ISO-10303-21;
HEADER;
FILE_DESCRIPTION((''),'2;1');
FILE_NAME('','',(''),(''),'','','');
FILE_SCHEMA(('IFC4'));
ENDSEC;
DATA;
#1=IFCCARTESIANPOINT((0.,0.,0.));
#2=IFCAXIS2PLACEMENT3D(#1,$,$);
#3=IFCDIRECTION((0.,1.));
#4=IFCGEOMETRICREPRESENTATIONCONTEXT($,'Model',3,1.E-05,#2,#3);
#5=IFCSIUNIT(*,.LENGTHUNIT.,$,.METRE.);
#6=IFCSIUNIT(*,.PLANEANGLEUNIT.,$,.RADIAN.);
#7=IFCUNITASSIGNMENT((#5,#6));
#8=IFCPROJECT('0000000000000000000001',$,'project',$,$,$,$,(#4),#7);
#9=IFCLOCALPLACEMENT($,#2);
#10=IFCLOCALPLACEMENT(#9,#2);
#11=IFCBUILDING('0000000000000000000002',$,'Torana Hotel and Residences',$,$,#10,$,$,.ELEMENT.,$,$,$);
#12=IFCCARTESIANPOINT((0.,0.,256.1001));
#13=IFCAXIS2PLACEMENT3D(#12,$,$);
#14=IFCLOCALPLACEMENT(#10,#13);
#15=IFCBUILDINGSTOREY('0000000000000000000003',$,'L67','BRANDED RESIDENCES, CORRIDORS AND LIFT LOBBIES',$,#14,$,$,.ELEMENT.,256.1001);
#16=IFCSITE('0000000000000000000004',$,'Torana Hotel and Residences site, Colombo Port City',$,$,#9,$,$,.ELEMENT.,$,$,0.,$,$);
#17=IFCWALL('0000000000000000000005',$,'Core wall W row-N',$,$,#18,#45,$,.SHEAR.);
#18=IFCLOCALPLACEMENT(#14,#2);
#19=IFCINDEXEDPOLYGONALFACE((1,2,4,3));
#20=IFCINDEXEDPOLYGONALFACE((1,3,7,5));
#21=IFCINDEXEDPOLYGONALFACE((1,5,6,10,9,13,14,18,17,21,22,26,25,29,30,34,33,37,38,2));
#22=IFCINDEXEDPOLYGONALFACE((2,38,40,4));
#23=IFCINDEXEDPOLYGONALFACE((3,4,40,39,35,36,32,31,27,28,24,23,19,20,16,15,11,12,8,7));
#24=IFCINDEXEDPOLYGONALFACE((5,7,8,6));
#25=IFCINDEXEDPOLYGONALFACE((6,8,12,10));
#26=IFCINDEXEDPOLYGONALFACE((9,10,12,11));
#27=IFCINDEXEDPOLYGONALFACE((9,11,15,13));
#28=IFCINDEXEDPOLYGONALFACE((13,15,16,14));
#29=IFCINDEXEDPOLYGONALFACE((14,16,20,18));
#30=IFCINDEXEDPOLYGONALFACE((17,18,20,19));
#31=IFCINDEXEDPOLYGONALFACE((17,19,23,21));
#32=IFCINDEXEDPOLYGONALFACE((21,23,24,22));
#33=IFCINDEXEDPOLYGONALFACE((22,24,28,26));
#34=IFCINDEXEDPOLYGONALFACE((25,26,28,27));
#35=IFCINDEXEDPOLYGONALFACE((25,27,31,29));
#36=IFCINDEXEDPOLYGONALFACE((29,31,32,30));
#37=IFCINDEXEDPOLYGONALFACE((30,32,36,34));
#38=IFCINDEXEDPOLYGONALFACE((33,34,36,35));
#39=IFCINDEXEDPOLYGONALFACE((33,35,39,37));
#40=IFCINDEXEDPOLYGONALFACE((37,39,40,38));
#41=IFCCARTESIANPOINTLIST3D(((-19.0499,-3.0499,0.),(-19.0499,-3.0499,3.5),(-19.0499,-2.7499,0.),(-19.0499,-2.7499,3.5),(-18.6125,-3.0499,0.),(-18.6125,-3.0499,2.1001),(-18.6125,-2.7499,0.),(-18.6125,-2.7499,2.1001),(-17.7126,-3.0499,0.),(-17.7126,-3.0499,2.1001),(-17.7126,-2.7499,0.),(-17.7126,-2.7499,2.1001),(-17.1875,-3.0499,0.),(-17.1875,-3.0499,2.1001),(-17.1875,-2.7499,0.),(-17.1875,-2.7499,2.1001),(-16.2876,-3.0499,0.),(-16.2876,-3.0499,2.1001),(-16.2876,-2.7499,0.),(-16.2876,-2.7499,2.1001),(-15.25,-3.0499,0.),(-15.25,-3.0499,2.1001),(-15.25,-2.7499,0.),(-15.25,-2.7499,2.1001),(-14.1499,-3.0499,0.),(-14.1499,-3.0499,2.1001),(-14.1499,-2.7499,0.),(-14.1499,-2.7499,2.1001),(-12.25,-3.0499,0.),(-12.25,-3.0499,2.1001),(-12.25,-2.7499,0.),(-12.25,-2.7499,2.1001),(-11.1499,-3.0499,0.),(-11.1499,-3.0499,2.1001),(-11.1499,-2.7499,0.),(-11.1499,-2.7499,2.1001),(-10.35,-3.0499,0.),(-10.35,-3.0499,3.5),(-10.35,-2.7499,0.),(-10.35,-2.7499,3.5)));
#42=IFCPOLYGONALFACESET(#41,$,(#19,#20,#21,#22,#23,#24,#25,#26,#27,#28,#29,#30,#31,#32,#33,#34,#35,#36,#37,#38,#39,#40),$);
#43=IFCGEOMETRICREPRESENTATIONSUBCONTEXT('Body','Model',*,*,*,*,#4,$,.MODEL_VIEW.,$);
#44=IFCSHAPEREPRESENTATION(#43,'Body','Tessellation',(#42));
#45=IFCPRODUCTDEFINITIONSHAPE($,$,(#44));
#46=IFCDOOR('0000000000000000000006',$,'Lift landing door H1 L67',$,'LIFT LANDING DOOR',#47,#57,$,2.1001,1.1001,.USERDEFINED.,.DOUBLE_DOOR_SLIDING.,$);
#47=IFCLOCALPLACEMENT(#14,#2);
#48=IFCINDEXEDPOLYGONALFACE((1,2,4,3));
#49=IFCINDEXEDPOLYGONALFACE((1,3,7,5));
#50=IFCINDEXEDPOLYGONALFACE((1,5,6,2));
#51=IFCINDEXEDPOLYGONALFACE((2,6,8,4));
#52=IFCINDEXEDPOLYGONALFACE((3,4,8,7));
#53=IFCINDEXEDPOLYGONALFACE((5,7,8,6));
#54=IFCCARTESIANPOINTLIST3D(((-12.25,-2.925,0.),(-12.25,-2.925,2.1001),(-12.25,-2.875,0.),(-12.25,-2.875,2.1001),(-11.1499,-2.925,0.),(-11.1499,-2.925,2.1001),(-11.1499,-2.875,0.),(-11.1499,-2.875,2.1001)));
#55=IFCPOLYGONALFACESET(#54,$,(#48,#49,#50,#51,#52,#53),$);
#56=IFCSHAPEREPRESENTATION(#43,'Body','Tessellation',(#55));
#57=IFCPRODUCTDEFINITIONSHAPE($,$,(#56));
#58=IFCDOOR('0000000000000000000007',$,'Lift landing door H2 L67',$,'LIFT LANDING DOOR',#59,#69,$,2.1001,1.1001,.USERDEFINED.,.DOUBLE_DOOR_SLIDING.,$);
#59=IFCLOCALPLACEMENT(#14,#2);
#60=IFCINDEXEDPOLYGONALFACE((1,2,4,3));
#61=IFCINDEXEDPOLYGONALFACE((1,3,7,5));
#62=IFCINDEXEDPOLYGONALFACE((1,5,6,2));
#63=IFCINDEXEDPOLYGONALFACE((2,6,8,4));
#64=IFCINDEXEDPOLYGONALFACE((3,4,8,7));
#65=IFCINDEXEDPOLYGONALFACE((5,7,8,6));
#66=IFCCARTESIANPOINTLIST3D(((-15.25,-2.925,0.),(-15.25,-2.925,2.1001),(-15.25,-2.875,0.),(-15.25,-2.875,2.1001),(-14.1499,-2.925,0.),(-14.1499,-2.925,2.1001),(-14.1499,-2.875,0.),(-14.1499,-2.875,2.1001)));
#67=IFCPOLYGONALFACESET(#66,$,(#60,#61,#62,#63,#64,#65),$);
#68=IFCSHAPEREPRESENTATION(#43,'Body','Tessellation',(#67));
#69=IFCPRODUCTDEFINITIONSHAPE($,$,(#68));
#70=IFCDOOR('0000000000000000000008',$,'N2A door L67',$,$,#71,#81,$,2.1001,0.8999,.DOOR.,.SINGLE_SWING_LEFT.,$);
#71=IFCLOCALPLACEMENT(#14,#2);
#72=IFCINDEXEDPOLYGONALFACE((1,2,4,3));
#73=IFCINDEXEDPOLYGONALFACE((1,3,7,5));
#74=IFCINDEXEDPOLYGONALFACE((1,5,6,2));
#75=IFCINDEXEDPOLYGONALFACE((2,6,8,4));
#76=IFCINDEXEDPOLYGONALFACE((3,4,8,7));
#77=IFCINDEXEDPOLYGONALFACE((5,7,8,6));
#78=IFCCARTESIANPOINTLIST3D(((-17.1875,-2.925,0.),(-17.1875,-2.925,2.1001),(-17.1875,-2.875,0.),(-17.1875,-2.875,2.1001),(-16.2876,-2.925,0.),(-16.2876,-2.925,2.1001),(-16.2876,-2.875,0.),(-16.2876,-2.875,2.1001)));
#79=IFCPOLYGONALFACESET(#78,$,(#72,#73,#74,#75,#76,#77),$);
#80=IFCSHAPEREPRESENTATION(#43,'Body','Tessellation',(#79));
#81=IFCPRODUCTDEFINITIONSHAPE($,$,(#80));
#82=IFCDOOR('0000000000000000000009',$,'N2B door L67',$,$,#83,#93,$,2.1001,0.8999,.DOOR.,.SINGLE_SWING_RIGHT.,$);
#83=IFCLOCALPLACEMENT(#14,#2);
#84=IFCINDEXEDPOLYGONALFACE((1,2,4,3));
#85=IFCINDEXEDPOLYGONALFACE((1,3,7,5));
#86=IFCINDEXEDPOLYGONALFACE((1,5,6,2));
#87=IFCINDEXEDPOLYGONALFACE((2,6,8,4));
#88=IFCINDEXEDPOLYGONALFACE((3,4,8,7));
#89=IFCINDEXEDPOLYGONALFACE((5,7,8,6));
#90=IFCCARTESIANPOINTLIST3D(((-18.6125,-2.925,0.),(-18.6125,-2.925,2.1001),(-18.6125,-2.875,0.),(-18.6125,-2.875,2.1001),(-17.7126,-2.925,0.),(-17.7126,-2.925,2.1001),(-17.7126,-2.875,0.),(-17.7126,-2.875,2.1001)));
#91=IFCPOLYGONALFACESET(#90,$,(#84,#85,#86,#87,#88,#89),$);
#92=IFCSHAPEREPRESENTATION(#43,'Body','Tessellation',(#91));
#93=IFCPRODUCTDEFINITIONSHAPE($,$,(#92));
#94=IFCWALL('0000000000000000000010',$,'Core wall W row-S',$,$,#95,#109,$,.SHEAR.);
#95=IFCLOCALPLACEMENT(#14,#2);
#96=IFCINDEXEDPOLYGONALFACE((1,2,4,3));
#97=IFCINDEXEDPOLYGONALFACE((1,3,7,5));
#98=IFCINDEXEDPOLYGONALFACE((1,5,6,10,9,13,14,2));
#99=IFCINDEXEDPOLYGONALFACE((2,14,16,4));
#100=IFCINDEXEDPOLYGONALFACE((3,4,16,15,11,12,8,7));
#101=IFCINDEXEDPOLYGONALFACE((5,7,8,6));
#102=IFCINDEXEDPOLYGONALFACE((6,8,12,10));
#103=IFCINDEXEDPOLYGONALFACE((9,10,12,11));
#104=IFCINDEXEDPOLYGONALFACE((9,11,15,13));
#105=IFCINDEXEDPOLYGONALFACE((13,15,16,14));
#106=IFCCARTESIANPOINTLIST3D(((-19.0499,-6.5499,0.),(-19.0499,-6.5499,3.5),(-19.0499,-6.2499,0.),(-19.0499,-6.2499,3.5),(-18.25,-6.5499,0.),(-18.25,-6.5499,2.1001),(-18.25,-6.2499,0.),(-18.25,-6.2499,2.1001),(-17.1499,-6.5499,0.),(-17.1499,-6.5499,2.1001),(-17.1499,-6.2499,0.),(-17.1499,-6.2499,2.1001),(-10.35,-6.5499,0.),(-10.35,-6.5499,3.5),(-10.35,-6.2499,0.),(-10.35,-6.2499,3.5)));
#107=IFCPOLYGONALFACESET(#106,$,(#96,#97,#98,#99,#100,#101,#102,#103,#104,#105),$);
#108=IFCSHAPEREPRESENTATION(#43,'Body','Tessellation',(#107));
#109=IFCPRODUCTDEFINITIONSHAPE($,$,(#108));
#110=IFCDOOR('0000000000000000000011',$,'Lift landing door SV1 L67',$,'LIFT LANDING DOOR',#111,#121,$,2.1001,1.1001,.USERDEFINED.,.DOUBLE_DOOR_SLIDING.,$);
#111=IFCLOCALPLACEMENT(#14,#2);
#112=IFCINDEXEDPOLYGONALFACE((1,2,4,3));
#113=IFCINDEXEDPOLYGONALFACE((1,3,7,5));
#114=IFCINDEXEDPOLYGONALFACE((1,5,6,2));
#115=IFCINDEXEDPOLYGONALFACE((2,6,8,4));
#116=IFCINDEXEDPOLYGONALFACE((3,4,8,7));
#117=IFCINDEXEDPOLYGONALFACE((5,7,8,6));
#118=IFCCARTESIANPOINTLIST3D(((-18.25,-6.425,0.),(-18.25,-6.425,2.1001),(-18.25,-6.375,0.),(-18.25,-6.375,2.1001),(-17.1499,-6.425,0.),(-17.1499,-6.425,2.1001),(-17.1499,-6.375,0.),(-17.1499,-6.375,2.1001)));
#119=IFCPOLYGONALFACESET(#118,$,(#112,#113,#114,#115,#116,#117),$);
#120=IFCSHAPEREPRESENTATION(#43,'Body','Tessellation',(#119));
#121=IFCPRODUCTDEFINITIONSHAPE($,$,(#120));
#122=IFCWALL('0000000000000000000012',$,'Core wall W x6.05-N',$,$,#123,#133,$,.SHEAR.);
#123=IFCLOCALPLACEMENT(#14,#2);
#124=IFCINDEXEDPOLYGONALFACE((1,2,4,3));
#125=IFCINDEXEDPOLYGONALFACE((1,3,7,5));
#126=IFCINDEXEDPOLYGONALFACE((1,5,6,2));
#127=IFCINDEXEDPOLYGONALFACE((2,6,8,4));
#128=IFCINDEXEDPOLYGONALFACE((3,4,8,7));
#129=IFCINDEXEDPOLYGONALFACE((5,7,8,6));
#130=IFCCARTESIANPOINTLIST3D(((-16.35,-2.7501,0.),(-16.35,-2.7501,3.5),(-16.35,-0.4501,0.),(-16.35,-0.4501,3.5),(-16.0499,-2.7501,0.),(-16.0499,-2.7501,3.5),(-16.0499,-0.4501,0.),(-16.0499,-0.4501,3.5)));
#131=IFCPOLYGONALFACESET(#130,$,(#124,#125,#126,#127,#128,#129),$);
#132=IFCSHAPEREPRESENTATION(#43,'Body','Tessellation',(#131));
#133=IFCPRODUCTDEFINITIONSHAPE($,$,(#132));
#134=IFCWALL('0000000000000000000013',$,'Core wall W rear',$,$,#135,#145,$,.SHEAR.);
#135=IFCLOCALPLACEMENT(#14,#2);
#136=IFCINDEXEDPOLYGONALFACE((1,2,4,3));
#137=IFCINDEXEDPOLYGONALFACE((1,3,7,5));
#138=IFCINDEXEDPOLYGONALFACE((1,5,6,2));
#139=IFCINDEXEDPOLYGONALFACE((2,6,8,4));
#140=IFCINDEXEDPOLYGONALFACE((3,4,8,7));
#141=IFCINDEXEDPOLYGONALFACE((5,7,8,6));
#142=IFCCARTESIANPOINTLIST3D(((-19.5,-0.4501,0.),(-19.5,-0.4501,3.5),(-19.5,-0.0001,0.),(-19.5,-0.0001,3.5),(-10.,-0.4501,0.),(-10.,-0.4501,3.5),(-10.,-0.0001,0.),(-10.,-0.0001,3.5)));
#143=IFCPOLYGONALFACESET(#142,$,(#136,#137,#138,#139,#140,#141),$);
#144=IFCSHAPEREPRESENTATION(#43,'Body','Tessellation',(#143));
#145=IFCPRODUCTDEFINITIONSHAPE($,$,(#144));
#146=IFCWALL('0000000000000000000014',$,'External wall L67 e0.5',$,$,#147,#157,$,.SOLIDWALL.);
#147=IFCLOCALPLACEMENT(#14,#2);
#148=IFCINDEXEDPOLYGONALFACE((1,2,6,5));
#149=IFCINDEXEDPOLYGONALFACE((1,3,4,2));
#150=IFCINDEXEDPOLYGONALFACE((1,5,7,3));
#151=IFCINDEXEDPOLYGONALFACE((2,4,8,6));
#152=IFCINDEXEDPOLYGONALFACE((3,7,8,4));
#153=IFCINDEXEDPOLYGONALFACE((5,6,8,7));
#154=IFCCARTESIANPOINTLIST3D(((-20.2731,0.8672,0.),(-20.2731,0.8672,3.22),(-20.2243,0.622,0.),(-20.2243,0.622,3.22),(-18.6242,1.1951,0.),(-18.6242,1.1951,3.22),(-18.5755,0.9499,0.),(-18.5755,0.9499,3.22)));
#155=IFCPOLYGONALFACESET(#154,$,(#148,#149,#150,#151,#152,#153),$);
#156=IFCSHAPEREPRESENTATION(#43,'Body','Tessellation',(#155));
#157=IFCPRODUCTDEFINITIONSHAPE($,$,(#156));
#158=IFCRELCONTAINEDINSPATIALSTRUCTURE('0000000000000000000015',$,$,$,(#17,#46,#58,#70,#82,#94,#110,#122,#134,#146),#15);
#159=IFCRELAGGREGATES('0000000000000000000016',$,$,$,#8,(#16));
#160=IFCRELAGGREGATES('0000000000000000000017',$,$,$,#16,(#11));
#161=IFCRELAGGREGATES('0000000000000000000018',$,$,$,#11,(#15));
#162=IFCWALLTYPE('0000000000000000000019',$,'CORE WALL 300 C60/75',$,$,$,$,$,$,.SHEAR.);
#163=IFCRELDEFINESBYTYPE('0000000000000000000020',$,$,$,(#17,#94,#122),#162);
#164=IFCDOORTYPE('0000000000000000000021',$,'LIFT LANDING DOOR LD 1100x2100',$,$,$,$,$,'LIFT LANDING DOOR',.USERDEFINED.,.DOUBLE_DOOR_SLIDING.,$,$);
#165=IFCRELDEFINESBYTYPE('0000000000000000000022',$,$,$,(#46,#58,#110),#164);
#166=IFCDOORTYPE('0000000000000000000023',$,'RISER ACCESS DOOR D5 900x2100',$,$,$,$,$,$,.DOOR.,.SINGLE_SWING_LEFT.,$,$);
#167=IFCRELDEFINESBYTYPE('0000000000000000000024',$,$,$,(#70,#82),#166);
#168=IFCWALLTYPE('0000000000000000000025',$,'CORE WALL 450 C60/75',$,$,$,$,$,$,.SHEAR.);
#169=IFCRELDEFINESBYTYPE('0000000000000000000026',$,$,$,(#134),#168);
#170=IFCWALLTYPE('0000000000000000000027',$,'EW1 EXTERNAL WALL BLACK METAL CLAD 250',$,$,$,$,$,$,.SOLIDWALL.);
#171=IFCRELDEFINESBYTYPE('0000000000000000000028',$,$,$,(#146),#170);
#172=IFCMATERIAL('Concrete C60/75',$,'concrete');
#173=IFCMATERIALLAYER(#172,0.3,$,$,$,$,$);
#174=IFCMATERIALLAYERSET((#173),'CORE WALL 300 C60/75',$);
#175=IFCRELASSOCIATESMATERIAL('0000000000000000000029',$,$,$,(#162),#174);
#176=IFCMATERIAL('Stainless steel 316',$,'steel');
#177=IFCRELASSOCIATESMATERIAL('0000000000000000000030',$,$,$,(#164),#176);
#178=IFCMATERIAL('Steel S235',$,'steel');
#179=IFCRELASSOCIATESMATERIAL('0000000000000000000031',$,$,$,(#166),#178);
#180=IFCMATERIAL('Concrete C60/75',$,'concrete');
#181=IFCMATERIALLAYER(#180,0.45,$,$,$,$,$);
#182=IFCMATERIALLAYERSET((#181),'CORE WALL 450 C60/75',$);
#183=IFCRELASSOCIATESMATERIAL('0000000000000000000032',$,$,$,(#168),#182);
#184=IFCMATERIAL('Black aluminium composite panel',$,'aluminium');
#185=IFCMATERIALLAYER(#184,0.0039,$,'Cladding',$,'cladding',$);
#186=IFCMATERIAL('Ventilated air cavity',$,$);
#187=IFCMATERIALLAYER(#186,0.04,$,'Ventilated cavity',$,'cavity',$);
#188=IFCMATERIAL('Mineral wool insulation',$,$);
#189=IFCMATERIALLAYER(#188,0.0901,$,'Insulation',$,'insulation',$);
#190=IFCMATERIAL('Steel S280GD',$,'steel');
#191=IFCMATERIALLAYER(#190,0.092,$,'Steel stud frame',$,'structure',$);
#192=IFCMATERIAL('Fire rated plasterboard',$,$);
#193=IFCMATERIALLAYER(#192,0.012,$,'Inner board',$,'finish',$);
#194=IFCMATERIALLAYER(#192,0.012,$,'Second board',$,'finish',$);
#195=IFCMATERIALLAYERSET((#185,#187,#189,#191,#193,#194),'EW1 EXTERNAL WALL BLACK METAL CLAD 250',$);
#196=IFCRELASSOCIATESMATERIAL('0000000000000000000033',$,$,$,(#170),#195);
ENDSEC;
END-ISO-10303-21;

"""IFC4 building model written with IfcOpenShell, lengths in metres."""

from ifc_helpers import new_model, si_unit, direction, frame, frame_2d, origin, place, context, subcontext, project, spatial, rectangle, extrude, material, layer, layer_set, type_object, element, fill, save


model = new_model("IFC4")

# Units and contexts
model_context = context("Model", 3, precision=1e-05, world=origin(), true_north=direction((0.0, 1.0)))
body_context = subcontext(model_context, "Body", "Model", "MODEL_VIEW")
ifc_project = project(units=[si_unit("LENGTHUNIT", "METRE"), si_unit("PLANEANGLEUNIT", "RADIAN")], contexts=[model_context])

# Site, building, storey
site_placement = place(None, origin())
site = spatial("IfcSite", under=ifc_project, at=site_placement, Name="Torana Hotel and Residences site, Colombo Port City", CompositionType="ELEMENT", RefElevation=0.0)
building_placement = place(site_placement, origin())
building = spatial("IfcBuilding", under=site, at=building_placement, Name="Torana Hotel and Residences", CompositionType="ELEMENT")
storey_placement = place(building_placement, frame((0.0, 0.0, 256.1001)))
storey = spatial("IfcBuildingStorey", under=building, at=storey_placement, Name="L67", Description="BRANDED RESIDENCES, CORRIDORS AND LIFT LOBBIES", CompositionType="ELEMENT", Elevation=256.1001)

# Wall, openings, doors
ifc_material_1 = material(Name="Concrete C60/75", Category="concrete")
ifc_layer_1 = layer(ifc_material_1, 0.3)
ifc_layer_set_1 = layer_set([ifc_layer_1], Name="CORE WALL 300 C60/75")
wall_type_1 = type_object("IfcWallType", Name="CORE WALL 300 C60/75", PredefinedType="SHEAR", material=ifc_layer_set_1)
wall_1_placement = place(storey_placement, frame((-19.05, -2.8999, 0.0), z_axis=(0.0, 0.0, 1.0), x_axis=(1.0, 0.0, 0.0)))
wall_1 = element("IfcWall", 1, at=wall_1_placement, inside=storey, type_object=wall_type_1, Name="Core wall W row-N", PredefinedType="SHEAR", context=body_context, shape_type="SweptSolid", body=[
    extrude(rectangle(XDim=8.7, YDim=0.3, at=frame_2d((4.3501, 0.0))), origin(), (0.0, 0.0, 1.0), 3.5),
])
opening_1_placement = place(wall_1_placement, frame((6.8, 0.0, 0.0)))
opening_1 = element("IfcOpeningElement", 2, at=opening_1_placement, cuts=wall_1, PredefinedType="OPENING", context=body_context, shape_type="SweptSolid", body=[
    extrude(rectangle(XDim=1.1001, YDim=2.1001, at=frame_2d((0.55, 1.05))), frame((0.0, 0.1599, 0.0), z_axis=(0.0, -1.0, 0.0), x_axis=(1.0, 0.0, 0.0)), (0.0, 0.0, 1.0), 0.3201),
])
opening_2_placement = place(wall_1_placement, frame((3.8, 0.0, 0.0)))
opening_2 = element("IfcOpeningElement", 3, at=opening_2_placement, cuts=wall_1, PredefinedType="OPENING", context=body_context, shape_type="SweptSolid", body=[
    extrude(rectangle(XDim=1.1001, YDim=2.1001, at=frame_2d((0.55, 1.05))), frame((0.0, 0.1599, 0.0), z_axis=(0.0, -1.0, 0.0), x_axis=(1.0, 0.0, 0.0)), (0.0, 0.0, 1.0), 0.3201),
])
opening_3_placement = place(wall_1_placement, frame((1.8625, 0.0, 0.0)))
opening_3 = element("IfcOpeningElement", 4, at=opening_3_placement, cuts=wall_1, PredefinedType="OPENING", context=body_context, shape_type="SweptSolid", body=[
    extrude(rectangle(XDim=0.8999, YDim=2.1001, at=frame_2d((0.45, 1.05))), frame((0.0, 0.1599, 0.0), z_axis=(0.0, -1.0, 0.0), x_axis=(1.0, 0.0, 0.0)), (0.0, 0.0, 1.0), 0.3201),
])
opening_4_placement = place(wall_1_placement, frame((0.4375, 0.0, 0.0)))
opening_4 = element("IfcOpeningElement", 5, at=opening_4_placement, cuts=wall_1, PredefinedType="OPENING", context=body_context, shape_type="SweptSolid", body=[
    extrude(rectangle(XDim=0.8999, YDim=2.1001, at=frame_2d((0.45, 1.05))), frame((0.0, 0.1599, 0.0), z_axis=(0.0, -1.0, 0.0), x_axis=(1.0, 0.0, 0.0)), (0.0, 0.0, 1.0), 0.3201),
])
ifc_material_2 = material(Name="Stainless steel 316", Category="steel")
door_type_1 = type_object("IfcDoorType", Name="LIFT LANDING DOOR LD 1100x2100", ElementType="LIFT LANDING DOOR", OperationType="DOUBLE_DOOR_SLIDING", PredefinedType="USERDEFINED", material=ifc_material_2)
door_1_placement = place(opening_1_placement, origin())
door_1 = element("IfcDoor", 6, at=door_1_placement, inside=storey, type_object=door_type_1, Name="Lift landing door H1 L67", ObjectType="LIFT LANDING DOOR", OperationType="DOUBLE_DOOR_SLIDING", OverallHeight=2.1001, OverallWidth=1.1001, PredefinedType="USERDEFINED", context=body_context, shape_type="SweptSolid", body=[
    extrude(rectangle(XDim=1.1001, YDim=2.1001, at=frame_2d((0.55, 1.05))), frame((0.0, 0.0249, 0.0), z_axis=(0.0, -1.0, 0.0), x_axis=(1.0, 0.0, 0.0)), (0.0, 0.0, 1.0), 0.05),
])
fill(opening_1, door_1)
door_2_placement = place(opening_2_placement, origin())
door_2 = element("IfcDoor", 7, at=door_2_placement, inside=storey, type_object=door_type_1, Name="Lift landing door H2 L67", ObjectType="LIFT LANDING DOOR", OperationType="DOUBLE_DOOR_SLIDING", OverallHeight=2.1001, OverallWidth=1.1001, PredefinedType="USERDEFINED", context=body_context, shape_type="SweptSolid", body=[
    extrude(rectangle(XDim=1.1001, YDim=2.1001, at=frame_2d((0.55, 1.05))), frame((0.0, 0.0249, 0.0), z_axis=(0.0, -1.0, 0.0), x_axis=(1.0, 0.0, 0.0)), (0.0, 0.0, 1.0), 0.05),
])
fill(opening_2, door_2)
ifc_material_3 = material(Name="Steel S235", Category="steel")
door_type_2 = type_object("IfcDoorType", Name="RISER ACCESS DOOR D5 900x2100", OperationType="SINGLE_SWING_LEFT", PredefinedType="DOOR", material=ifc_material_3)
door_3_placement = place(opening_3_placement, origin())
door_3 = element("IfcDoor", 8, at=door_3_placement, inside=storey, type_object=door_type_2, Name="N2A door L67", OperationType="SINGLE_SWING_LEFT", OverallHeight=2.1001, OverallWidth=0.8999, PredefinedType="DOOR", context=body_context, shape_type="SweptSolid", body=[
    extrude(rectangle(XDim=0.8999, YDim=2.1001, at=frame_2d((0.45, 1.05))), frame((0.0, 0.0249, 0.0), z_axis=(0.0, -1.0, 0.0), x_axis=(1.0, 0.0, 0.0)), (0.0, 0.0, 1.0), 0.05),
])
fill(opening_3, door_3)
door_4_placement = place(opening_4_placement, origin())
door_4 = element("IfcDoor", 9, at=door_4_placement, inside=storey, type_object=door_type_2, Name="N2B door L67", OperationType="SINGLE_SWING_RIGHT", OverallHeight=2.1001, OverallWidth=0.8999, PredefinedType="DOOR", context=body_context, shape_type="SweptSolid", body=[
    extrude(rectangle(XDim=0.8999, YDim=2.1001, at=frame_2d((0.45, 1.05))), frame((0.0, 0.0249, 0.0), z_axis=(0.0, -1.0, 0.0), x_axis=(1.0, 0.0, 0.0)), (0.0, 0.0, 1.0), 0.05),
])
fill(opening_4, door_4)

# Wall, opening, door
wall_2_placement = place(storey_placement, frame((-19.05, -6.3999, 0.0), z_axis=(0.0, 0.0, 1.0), x_axis=(1.0, 0.0, 0.0)))
wall_2 = element("IfcWall", 10, at=wall_2_placement, inside=storey, type_object=wall_type_1, Name="Core wall W row-S", PredefinedType="SHEAR", context=body_context, shape_type="SweptSolid", body=[
    extrude(rectangle(XDim=8.7, YDim=0.3, at=frame_2d((4.3501, 0.0))), origin(), (0.0, 0.0, 1.0), 3.5),
])
opening_5_placement = place(wall_2_placement, frame((0.8, 0.0, 0.0)))
opening_5 = element("IfcOpeningElement", 11, at=opening_5_placement, cuts=wall_2, PredefinedType="OPENING", context=body_context, shape_type="SweptSolid", body=[
    extrude(rectangle(XDim=1.1001, YDim=2.1001, at=frame_2d((0.55, 1.05))), frame((0.0, 0.1599, 0.0), z_axis=(0.0, -1.0, 0.0), x_axis=(1.0, 0.0, 0.0)), (0.0, 0.0, 1.0), 0.3201),
])
door_5_placement = place(opening_5_placement, origin())
door_5 = element("IfcDoor", 12, at=door_5_placement, inside=storey, type_object=door_type_1, Name="Lift landing door SV1 L67", ObjectType="LIFT LANDING DOOR", OperationType="DOUBLE_DOOR_SLIDING", OverallHeight=2.1001, OverallWidth=1.1001, PredefinedType="USERDEFINED", context=body_context, shape_type="SweptSolid", body=[
    extrude(rectangle(XDim=1.1001, YDim=2.1001, at=frame_2d((0.55, 1.05))), frame((0.0, 0.0249, 0.0), z_axis=(0.0, -1.0, 0.0), x_axis=(1.0, 0.0, 0.0)), (0.0, 0.0, 1.0), 0.05),
])
fill(opening_5, door_5)

# Walls
wall_3_placement = place(storey_placement, frame((-16.2, -2.75, 0.0), z_axis=(0.0, 0.0, 1.0), x_axis=(0.0, 1.0, 0.0)))
element("IfcWall", 13, at=wall_3_placement, inside=storey, type_object=wall_type_1, Name="Core wall W x6.05-N", PredefinedType="SHEAR", context=body_context, shape_type="SweptSolid", body=[
    extrude(rectangle(XDim=2.3, YDim=0.3, at=frame_2d((1.1499, 0.0))), origin(), (0.0, 0.0, 1.0), 3.5),
])
ifc_material_4 = material(Name="Concrete C60/75", Category="concrete")
ifc_layer_2 = layer(ifc_material_4, 0.45)
ifc_layer_set_2 = layer_set([ifc_layer_2], Name="CORE WALL 450 C60/75")
wall_type_2 = type_object("IfcWallType", Name="CORE WALL 450 C60/75", PredefinedType="SHEAR", material=ifc_layer_set_2)
wall_4_placement = place(storey_placement, frame((-19.5, -0.2251, 0.0), z_axis=(0.0, 0.0, 1.0), x_axis=(1.0, 0.0, 0.0)))
element("IfcWall", 14, at=wall_4_placement, inside=storey, type_object=wall_type_2, Name="Core wall W rear", PredefinedType="SHEAR", context=body_context, shape_type="SweptSolid", body=[
    extrude(rectangle(XDim=9.5, YDim=0.45, at=frame_2d((4.75, 0.0))), origin(), (0.0, 0.0, 1.0), 3.5),
])
ifc_material_5 = material(Name="Black aluminium composite panel", Category="aluminium")
ifc_layer_3 = layer(ifc_material_5, 0.0039, Name="Cladding", Category="cladding")
ifc_material_6 = material(Name="Ventilated air cavity")
ifc_layer_4 = layer(ifc_material_6, 0.04, Name="Ventilated cavity", Category="cavity")
ifc_material_7 = material(Name="Mineral wool insulation")
ifc_layer_5 = layer(ifc_material_7, 0.0901, Name="Insulation", Category="insulation")
ifc_material_8 = material(Name="Steel S280GD", Category="steel")
ifc_layer_6 = layer(ifc_material_8, 0.092, Name="Steel stud frame", Category="structure")
ifc_material_9 = material(Name="Fire rated plasterboard")
ifc_layer_7 = layer(ifc_material_9, 0.012, Name="Inner board", Category="finish")
ifc_layer_8 = layer(ifc_material_9, 0.012, Name="Second board", Category="finish")
ifc_layer_set_3 = layer_set([ifc_layer_3, ifc_layer_4, ifc_layer_5, ifc_layer_6, ifc_layer_7, ifc_layer_8], Name="EW1 EXTERNAL WALL BLACK METAL CLAD 250")
wall_type_3 = type_object("IfcWallType", Name="EW1 EXTERNAL WALL BLACK METAL CLAD 250", PredefinedType="SOLIDWALL", material=ifc_layer_set_3)
wall_5_placement = place(storey_placement, frame((-18.5999, 1.0725, 0.0), z_axis=(0.0, 0.0, 1.0), x_axis=(-0.980798, -0.195027, 0.0)))
element("IfcWall", 15, at=wall_5_placement, inside=storey, type_object=wall_type_3, Name="External wall L67 e0.5", PredefinedType="SOLIDWALL", context=body_context, shape_type="SweptSolid", body=[
    extrude(rectangle(XDim=1.6812, YDim=0.25, at=frame_2d((0.8406, 0.0))), origin(), (0.0, 0.0, 1.0), 3.22),
])

save(model, "model.ifc")
